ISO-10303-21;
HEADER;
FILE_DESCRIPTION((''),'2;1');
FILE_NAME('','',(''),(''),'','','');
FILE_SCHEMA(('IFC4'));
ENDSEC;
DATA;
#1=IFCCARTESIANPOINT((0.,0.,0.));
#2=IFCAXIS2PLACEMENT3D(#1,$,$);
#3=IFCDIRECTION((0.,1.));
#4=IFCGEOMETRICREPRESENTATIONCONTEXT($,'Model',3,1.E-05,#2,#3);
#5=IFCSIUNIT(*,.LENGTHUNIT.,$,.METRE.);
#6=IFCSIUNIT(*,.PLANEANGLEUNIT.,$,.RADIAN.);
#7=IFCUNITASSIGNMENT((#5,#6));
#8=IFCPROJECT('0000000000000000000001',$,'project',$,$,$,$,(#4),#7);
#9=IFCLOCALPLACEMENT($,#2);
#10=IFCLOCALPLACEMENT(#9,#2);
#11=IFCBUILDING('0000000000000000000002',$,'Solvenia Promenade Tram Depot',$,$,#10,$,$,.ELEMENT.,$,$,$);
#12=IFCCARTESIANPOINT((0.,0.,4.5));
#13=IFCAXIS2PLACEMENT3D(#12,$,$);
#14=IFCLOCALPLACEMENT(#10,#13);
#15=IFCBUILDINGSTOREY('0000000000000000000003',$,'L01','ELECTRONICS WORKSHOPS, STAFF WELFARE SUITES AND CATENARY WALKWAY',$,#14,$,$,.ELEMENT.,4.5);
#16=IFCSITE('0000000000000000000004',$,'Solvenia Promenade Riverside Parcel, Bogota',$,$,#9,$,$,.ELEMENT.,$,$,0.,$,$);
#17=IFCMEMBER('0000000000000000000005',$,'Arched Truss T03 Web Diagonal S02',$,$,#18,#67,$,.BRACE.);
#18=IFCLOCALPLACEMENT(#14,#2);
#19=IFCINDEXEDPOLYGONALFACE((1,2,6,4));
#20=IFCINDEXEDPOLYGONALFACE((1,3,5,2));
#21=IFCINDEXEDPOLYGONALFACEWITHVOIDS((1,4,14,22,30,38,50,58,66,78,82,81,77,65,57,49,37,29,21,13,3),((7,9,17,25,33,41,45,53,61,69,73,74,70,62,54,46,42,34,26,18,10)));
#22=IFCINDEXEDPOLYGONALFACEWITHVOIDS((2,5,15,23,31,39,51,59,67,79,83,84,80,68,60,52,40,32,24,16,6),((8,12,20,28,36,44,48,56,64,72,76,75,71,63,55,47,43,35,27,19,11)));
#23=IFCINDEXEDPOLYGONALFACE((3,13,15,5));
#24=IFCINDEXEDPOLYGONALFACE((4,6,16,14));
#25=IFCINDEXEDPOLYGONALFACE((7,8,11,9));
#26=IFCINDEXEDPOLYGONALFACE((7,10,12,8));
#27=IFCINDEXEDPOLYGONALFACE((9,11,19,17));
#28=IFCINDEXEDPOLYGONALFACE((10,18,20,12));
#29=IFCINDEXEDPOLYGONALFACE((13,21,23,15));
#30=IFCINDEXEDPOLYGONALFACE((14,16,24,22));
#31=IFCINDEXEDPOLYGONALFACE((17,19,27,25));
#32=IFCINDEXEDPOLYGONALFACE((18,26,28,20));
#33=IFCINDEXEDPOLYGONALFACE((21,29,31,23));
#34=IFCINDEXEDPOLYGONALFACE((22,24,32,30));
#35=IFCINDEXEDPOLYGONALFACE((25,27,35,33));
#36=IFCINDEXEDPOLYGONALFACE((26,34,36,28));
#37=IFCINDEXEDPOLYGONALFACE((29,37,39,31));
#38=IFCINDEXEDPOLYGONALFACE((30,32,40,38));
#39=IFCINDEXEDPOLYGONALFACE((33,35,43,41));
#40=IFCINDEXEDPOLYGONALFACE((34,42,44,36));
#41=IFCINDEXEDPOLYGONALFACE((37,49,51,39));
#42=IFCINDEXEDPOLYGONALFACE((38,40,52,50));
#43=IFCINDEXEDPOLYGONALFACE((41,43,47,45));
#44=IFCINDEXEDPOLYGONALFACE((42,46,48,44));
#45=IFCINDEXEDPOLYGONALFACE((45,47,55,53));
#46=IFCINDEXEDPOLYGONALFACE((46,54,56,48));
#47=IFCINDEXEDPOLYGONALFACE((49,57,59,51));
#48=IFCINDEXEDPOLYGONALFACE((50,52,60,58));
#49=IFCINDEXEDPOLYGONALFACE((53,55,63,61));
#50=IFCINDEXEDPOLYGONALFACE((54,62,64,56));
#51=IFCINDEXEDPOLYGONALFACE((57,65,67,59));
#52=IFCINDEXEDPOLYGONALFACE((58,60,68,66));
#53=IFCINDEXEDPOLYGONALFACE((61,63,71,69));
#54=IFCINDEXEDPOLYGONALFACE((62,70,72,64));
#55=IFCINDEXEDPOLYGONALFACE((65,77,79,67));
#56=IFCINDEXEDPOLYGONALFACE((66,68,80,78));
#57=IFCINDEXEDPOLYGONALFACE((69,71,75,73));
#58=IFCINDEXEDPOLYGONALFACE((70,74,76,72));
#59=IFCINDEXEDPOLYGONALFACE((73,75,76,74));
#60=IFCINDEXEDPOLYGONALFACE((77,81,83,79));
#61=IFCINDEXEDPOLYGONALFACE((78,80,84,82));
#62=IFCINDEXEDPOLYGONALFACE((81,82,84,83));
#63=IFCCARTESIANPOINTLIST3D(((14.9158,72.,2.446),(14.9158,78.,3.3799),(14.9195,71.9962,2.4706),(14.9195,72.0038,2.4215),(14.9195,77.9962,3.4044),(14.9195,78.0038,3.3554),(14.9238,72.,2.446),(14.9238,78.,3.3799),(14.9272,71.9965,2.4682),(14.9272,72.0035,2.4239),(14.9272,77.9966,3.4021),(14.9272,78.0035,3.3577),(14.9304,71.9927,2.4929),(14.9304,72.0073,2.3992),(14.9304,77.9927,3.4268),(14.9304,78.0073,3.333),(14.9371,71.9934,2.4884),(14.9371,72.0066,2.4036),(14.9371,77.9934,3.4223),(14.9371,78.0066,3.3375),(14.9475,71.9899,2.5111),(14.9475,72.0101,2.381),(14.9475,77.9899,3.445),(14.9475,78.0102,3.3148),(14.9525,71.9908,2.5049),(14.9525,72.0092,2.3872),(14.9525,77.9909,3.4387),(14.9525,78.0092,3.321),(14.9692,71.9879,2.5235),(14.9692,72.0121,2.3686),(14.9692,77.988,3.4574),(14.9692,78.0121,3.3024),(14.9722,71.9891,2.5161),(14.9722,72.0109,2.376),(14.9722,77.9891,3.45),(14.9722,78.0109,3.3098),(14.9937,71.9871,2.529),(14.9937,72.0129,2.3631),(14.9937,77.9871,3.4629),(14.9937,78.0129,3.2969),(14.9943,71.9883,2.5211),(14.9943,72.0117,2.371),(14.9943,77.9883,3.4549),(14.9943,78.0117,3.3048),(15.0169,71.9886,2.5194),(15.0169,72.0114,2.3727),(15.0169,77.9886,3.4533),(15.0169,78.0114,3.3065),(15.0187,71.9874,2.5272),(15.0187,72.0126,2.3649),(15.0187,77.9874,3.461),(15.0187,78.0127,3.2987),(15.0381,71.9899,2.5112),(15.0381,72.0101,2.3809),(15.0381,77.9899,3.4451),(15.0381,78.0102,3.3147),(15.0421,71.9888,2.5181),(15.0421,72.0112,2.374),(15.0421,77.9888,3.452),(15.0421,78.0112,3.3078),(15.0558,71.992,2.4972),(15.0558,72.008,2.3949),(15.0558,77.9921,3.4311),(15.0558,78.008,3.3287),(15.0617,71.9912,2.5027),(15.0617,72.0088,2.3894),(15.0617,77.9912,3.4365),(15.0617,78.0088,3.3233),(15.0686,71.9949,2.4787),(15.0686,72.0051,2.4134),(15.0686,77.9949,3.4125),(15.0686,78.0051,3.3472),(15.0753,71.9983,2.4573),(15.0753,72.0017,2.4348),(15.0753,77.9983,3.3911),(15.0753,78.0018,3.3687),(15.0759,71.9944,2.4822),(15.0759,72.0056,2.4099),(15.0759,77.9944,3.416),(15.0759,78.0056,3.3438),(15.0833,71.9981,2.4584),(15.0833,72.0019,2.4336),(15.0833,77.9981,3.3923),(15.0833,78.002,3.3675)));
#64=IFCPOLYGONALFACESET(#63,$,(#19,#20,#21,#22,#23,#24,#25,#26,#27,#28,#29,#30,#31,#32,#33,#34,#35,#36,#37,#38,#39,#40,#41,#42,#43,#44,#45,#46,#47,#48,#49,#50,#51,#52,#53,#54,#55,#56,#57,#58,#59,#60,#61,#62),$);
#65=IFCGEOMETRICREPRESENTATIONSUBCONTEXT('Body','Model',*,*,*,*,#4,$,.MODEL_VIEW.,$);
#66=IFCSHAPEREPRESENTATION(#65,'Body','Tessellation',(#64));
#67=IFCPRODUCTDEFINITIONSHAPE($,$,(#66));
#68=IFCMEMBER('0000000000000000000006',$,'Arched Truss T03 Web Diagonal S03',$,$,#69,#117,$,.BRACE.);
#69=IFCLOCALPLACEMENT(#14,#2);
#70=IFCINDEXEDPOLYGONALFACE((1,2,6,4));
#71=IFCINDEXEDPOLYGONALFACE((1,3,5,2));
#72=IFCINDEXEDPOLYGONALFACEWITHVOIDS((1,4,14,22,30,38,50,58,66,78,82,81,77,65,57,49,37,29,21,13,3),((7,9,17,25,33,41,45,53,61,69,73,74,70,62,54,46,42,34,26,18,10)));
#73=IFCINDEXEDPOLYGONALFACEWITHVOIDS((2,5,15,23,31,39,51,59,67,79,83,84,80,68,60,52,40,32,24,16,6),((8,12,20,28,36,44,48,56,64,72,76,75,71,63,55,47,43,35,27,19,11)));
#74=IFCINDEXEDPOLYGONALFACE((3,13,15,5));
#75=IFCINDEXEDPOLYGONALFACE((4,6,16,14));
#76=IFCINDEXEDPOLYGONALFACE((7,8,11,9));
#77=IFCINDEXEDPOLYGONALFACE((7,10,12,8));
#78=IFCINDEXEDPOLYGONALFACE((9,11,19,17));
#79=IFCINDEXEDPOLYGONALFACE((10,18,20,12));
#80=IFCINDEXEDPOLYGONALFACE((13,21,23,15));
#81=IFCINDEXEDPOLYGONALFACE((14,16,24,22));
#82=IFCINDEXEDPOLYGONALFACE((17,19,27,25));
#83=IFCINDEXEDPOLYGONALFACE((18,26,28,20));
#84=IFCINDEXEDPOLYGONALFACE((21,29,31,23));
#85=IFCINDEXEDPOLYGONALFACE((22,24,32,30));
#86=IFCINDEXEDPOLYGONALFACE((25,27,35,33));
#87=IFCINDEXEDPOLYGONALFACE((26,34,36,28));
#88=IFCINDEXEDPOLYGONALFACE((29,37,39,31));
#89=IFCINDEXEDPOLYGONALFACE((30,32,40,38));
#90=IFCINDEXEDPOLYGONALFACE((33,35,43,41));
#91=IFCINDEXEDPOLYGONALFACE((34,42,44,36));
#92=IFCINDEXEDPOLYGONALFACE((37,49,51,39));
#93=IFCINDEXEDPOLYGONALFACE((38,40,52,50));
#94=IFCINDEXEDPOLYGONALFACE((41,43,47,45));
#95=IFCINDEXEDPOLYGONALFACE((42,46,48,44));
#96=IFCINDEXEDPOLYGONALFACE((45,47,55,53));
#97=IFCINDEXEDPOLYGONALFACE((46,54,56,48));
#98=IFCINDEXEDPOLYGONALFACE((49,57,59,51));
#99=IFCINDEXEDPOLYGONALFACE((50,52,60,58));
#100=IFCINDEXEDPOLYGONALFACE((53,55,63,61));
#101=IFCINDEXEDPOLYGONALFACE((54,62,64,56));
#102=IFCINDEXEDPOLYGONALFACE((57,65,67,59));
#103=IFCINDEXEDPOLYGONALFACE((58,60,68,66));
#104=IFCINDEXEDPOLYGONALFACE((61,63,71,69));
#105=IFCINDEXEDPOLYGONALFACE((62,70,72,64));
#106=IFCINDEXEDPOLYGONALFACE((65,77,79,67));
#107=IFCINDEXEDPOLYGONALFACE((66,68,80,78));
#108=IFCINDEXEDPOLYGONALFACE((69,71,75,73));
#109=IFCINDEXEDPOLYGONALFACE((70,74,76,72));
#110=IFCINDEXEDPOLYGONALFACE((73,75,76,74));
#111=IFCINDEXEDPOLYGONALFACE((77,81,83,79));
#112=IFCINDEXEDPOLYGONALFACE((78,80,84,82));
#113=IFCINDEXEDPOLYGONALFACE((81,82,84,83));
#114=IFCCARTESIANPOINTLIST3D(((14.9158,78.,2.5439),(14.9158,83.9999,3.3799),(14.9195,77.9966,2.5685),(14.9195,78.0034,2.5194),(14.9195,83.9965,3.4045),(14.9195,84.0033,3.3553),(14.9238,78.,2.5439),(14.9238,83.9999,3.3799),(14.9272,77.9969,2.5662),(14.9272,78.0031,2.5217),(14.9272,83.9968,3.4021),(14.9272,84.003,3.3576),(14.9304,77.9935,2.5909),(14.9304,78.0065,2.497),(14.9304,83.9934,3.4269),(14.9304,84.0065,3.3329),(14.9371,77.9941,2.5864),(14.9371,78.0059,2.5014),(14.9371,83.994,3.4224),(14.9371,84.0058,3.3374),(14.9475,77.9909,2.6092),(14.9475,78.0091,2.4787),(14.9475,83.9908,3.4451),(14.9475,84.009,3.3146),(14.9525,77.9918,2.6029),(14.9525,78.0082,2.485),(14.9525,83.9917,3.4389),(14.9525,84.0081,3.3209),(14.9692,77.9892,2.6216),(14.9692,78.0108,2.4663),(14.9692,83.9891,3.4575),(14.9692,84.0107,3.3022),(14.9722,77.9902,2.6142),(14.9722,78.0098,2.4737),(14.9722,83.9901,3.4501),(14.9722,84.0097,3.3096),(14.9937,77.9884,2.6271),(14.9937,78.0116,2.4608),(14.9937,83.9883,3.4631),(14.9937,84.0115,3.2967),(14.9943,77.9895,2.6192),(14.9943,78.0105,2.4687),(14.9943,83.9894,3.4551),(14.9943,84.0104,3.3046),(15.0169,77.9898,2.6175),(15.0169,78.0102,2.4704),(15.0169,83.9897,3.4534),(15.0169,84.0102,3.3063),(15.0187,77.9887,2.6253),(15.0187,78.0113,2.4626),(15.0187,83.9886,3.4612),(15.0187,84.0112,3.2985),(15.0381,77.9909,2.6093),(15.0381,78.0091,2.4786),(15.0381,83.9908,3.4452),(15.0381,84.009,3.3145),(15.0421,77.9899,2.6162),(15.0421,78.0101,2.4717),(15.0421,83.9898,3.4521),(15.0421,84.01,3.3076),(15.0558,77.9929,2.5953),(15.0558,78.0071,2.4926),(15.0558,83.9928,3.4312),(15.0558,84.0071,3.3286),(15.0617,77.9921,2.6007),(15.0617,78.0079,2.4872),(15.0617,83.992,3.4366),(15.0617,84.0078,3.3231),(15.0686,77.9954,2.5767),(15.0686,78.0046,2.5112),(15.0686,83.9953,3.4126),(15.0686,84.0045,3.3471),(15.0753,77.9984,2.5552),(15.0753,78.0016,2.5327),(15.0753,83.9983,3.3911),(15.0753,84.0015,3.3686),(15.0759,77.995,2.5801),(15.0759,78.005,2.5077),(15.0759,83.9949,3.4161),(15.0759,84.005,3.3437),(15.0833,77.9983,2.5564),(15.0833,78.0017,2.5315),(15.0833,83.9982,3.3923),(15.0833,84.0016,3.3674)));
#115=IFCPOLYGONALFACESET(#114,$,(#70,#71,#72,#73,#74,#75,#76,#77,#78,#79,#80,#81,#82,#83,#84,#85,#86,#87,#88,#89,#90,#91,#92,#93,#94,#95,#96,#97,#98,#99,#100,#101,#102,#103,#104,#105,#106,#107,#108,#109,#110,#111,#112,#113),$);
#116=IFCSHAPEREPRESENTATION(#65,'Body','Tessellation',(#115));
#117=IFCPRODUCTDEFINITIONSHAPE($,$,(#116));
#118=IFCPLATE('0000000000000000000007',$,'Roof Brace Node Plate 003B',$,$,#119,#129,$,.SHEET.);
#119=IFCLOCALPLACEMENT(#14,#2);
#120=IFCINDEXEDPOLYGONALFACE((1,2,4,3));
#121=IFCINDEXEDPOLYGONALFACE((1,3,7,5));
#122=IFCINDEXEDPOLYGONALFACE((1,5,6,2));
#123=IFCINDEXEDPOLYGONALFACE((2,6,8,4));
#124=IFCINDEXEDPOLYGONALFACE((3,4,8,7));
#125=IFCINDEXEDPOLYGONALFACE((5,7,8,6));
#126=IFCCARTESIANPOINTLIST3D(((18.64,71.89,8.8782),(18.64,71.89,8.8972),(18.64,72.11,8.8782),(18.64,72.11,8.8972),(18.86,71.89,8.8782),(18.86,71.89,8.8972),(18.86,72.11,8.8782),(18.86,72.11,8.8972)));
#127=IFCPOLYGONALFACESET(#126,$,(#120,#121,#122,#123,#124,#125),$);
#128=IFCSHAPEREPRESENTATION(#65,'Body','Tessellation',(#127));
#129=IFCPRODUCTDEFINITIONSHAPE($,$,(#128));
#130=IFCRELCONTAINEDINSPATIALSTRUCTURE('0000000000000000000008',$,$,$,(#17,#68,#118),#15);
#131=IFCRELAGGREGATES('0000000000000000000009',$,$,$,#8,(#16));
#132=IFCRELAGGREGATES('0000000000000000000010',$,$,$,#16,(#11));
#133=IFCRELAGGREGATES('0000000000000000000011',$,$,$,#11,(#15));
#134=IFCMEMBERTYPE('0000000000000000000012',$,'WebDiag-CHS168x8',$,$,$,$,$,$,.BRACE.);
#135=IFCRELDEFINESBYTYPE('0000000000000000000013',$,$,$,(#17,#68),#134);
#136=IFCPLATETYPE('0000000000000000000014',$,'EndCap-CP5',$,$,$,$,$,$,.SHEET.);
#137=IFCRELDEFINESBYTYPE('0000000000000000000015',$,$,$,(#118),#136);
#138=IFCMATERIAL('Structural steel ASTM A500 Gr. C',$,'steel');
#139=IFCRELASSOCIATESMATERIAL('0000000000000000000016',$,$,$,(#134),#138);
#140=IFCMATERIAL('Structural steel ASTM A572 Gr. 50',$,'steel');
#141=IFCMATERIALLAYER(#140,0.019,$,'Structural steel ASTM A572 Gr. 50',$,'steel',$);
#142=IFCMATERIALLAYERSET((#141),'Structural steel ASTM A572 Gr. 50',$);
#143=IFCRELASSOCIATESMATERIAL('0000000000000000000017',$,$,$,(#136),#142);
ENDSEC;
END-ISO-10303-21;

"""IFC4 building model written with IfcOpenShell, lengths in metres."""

from ifc_helpers import new_model, si_unit, direction, frame, origin, origin_2d, place, context, subcontext, project, spatial, rectangle, hollow_circle, extrude, material, layer, layer_set, material_profile, profile_set, type_object, element, save


model = new_model("IFC4")

# Units and contexts
model_context = context("Model", 3, precision=1e-05, world=origin(), true_north=direction((0.0, 1.0)))
body_context = subcontext(model_context, "Body", "Model", "MODEL_VIEW")
ifc_project = project(units=[si_unit("LENGTHUNIT", "METRE"), si_unit("PLANEANGLEUNIT", "RADIAN")], contexts=[model_context])

# Site, building, storey
site_placement = place(None, origin())
site = spatial("IfcSite", under=ifc_project, at=site_placement, Name="Solvenia Promenade Riverside Parcel, Bogota", CompositionType="ELEMENT", RefElevation=0.0)
building_placement = place(site_placement, origin())
building = spatial("IfcBuilding", under=site, at=building_placement, Name="Solvenia Promenade Tram Depot", CompositionType="ELEMENT")
storey_placement = place(building_placement, frame((0.0, 0.0, 4.5)))
storey = spatial("IfcBuildingStorey", under=building, at=storey_placement, Name="L01", Description="ELECTRONICS WORKSHOPS, STAFF WELFARE SUITES AND CATENARY WALKWAY", CompositionType="ELEMENT", Elevation=4.5)

# Shared definitions
ifc_material_1 = material(Name="Structural steel ASTM A500 Gr. C", Category="steel")

# Members
ifc_material_profile_1 = material_profile(ifc_material_1, hollow_circle(Radius=0.0842, WallThickness=0.0081, at=origin_2d()), Name="CHS168.3x8", Category="steel")
ifc_profile_set_1 = profile_set([ifc_material_profile_1], Name="Structural steel ASTM A500 Gr. C")
member_type_1 = type_object("IfcMemberType", Name="WebDiag-CHS168x8", PredefinedType="BRACE", material=ifc_profile_set_1)
member_1_placement = place(storey_placement, frame((15.0, 72.0, 2.446), z_axis=(0.0, 0.988104, 0.153788), x_axis=(-1.0, 0.0, 0.0)))
element("IfcMember", 1, at=member_1_placement, inside=storey, type_object=member_type_1, Name="Arched Truss T03 Web Diagonal S02", PredefinedType="BRACE", context=body_context, shape_type="SweptSolid", body=[
    extrude(hollow_circle(Radius=0.0842, WallThickness=0.0081, at=origin_2d()), origin(), (0.0, 0.0, 1.0), 6.0723),
])
member_2_placement = place(storey_placement, frame((15.0, 78.0, 2.5439), z_axis=(0.0, 0.990434, 0.13799), x_axis=(-1.0, 0.0, 0.0)))
element("IfcMember", 2, at=member_2_placement, inside=storey, type_object=member_type_1, Name="Arched Truss T03 Web Diagonal S03", PredefinedType="BRACE", context=body_context, shape_type="SweptSolid", body=[
    extrude(hollow_circle(Radius=0.0842, WallThickness=0.0081, at=origin_2d()), origin(), (0.0, 0.0, 1.0), 6.0579),
])

# Plate
ifc_material_2 = material(Name="Structural steel ASTM A572 Gr. 50", Category="steel")
ifc_layer = layer(ifc_material_2, 0.019, Name="Structural steel ASTM A572 Gr. 50", Category="steel")
ifc_layer_set = layer_set([ifc_layer], Name="Structural steel ASTM A572 Gr. 50")
plate_type = type_object("IfcPlateType", Name="EndCap-CP5", PredefinedType="SHEET", material=ifc_layer_set)
plate_placement = place(storey_placement, frame((18.75, 72.0, 8.8782), z_axis=(0.0, 0.0, 1.0), x_axis=(1.0, 0.0, 0.0)))
element("IfcPlate", 3, at=plate_placement, inside=storey, type_object=plate_type, Name="Roof Brace Node Plate 003B", PredefinedType="SHEET", context=body_context, shape_type="SweptSolid", body=[
    extrude(rectangle(XDim=0.22, YDim=0.22, at=origin_2d()), origin(), (0.0, 0.0, 1.0), 0.019),
])

save(model, "model.ifc")
